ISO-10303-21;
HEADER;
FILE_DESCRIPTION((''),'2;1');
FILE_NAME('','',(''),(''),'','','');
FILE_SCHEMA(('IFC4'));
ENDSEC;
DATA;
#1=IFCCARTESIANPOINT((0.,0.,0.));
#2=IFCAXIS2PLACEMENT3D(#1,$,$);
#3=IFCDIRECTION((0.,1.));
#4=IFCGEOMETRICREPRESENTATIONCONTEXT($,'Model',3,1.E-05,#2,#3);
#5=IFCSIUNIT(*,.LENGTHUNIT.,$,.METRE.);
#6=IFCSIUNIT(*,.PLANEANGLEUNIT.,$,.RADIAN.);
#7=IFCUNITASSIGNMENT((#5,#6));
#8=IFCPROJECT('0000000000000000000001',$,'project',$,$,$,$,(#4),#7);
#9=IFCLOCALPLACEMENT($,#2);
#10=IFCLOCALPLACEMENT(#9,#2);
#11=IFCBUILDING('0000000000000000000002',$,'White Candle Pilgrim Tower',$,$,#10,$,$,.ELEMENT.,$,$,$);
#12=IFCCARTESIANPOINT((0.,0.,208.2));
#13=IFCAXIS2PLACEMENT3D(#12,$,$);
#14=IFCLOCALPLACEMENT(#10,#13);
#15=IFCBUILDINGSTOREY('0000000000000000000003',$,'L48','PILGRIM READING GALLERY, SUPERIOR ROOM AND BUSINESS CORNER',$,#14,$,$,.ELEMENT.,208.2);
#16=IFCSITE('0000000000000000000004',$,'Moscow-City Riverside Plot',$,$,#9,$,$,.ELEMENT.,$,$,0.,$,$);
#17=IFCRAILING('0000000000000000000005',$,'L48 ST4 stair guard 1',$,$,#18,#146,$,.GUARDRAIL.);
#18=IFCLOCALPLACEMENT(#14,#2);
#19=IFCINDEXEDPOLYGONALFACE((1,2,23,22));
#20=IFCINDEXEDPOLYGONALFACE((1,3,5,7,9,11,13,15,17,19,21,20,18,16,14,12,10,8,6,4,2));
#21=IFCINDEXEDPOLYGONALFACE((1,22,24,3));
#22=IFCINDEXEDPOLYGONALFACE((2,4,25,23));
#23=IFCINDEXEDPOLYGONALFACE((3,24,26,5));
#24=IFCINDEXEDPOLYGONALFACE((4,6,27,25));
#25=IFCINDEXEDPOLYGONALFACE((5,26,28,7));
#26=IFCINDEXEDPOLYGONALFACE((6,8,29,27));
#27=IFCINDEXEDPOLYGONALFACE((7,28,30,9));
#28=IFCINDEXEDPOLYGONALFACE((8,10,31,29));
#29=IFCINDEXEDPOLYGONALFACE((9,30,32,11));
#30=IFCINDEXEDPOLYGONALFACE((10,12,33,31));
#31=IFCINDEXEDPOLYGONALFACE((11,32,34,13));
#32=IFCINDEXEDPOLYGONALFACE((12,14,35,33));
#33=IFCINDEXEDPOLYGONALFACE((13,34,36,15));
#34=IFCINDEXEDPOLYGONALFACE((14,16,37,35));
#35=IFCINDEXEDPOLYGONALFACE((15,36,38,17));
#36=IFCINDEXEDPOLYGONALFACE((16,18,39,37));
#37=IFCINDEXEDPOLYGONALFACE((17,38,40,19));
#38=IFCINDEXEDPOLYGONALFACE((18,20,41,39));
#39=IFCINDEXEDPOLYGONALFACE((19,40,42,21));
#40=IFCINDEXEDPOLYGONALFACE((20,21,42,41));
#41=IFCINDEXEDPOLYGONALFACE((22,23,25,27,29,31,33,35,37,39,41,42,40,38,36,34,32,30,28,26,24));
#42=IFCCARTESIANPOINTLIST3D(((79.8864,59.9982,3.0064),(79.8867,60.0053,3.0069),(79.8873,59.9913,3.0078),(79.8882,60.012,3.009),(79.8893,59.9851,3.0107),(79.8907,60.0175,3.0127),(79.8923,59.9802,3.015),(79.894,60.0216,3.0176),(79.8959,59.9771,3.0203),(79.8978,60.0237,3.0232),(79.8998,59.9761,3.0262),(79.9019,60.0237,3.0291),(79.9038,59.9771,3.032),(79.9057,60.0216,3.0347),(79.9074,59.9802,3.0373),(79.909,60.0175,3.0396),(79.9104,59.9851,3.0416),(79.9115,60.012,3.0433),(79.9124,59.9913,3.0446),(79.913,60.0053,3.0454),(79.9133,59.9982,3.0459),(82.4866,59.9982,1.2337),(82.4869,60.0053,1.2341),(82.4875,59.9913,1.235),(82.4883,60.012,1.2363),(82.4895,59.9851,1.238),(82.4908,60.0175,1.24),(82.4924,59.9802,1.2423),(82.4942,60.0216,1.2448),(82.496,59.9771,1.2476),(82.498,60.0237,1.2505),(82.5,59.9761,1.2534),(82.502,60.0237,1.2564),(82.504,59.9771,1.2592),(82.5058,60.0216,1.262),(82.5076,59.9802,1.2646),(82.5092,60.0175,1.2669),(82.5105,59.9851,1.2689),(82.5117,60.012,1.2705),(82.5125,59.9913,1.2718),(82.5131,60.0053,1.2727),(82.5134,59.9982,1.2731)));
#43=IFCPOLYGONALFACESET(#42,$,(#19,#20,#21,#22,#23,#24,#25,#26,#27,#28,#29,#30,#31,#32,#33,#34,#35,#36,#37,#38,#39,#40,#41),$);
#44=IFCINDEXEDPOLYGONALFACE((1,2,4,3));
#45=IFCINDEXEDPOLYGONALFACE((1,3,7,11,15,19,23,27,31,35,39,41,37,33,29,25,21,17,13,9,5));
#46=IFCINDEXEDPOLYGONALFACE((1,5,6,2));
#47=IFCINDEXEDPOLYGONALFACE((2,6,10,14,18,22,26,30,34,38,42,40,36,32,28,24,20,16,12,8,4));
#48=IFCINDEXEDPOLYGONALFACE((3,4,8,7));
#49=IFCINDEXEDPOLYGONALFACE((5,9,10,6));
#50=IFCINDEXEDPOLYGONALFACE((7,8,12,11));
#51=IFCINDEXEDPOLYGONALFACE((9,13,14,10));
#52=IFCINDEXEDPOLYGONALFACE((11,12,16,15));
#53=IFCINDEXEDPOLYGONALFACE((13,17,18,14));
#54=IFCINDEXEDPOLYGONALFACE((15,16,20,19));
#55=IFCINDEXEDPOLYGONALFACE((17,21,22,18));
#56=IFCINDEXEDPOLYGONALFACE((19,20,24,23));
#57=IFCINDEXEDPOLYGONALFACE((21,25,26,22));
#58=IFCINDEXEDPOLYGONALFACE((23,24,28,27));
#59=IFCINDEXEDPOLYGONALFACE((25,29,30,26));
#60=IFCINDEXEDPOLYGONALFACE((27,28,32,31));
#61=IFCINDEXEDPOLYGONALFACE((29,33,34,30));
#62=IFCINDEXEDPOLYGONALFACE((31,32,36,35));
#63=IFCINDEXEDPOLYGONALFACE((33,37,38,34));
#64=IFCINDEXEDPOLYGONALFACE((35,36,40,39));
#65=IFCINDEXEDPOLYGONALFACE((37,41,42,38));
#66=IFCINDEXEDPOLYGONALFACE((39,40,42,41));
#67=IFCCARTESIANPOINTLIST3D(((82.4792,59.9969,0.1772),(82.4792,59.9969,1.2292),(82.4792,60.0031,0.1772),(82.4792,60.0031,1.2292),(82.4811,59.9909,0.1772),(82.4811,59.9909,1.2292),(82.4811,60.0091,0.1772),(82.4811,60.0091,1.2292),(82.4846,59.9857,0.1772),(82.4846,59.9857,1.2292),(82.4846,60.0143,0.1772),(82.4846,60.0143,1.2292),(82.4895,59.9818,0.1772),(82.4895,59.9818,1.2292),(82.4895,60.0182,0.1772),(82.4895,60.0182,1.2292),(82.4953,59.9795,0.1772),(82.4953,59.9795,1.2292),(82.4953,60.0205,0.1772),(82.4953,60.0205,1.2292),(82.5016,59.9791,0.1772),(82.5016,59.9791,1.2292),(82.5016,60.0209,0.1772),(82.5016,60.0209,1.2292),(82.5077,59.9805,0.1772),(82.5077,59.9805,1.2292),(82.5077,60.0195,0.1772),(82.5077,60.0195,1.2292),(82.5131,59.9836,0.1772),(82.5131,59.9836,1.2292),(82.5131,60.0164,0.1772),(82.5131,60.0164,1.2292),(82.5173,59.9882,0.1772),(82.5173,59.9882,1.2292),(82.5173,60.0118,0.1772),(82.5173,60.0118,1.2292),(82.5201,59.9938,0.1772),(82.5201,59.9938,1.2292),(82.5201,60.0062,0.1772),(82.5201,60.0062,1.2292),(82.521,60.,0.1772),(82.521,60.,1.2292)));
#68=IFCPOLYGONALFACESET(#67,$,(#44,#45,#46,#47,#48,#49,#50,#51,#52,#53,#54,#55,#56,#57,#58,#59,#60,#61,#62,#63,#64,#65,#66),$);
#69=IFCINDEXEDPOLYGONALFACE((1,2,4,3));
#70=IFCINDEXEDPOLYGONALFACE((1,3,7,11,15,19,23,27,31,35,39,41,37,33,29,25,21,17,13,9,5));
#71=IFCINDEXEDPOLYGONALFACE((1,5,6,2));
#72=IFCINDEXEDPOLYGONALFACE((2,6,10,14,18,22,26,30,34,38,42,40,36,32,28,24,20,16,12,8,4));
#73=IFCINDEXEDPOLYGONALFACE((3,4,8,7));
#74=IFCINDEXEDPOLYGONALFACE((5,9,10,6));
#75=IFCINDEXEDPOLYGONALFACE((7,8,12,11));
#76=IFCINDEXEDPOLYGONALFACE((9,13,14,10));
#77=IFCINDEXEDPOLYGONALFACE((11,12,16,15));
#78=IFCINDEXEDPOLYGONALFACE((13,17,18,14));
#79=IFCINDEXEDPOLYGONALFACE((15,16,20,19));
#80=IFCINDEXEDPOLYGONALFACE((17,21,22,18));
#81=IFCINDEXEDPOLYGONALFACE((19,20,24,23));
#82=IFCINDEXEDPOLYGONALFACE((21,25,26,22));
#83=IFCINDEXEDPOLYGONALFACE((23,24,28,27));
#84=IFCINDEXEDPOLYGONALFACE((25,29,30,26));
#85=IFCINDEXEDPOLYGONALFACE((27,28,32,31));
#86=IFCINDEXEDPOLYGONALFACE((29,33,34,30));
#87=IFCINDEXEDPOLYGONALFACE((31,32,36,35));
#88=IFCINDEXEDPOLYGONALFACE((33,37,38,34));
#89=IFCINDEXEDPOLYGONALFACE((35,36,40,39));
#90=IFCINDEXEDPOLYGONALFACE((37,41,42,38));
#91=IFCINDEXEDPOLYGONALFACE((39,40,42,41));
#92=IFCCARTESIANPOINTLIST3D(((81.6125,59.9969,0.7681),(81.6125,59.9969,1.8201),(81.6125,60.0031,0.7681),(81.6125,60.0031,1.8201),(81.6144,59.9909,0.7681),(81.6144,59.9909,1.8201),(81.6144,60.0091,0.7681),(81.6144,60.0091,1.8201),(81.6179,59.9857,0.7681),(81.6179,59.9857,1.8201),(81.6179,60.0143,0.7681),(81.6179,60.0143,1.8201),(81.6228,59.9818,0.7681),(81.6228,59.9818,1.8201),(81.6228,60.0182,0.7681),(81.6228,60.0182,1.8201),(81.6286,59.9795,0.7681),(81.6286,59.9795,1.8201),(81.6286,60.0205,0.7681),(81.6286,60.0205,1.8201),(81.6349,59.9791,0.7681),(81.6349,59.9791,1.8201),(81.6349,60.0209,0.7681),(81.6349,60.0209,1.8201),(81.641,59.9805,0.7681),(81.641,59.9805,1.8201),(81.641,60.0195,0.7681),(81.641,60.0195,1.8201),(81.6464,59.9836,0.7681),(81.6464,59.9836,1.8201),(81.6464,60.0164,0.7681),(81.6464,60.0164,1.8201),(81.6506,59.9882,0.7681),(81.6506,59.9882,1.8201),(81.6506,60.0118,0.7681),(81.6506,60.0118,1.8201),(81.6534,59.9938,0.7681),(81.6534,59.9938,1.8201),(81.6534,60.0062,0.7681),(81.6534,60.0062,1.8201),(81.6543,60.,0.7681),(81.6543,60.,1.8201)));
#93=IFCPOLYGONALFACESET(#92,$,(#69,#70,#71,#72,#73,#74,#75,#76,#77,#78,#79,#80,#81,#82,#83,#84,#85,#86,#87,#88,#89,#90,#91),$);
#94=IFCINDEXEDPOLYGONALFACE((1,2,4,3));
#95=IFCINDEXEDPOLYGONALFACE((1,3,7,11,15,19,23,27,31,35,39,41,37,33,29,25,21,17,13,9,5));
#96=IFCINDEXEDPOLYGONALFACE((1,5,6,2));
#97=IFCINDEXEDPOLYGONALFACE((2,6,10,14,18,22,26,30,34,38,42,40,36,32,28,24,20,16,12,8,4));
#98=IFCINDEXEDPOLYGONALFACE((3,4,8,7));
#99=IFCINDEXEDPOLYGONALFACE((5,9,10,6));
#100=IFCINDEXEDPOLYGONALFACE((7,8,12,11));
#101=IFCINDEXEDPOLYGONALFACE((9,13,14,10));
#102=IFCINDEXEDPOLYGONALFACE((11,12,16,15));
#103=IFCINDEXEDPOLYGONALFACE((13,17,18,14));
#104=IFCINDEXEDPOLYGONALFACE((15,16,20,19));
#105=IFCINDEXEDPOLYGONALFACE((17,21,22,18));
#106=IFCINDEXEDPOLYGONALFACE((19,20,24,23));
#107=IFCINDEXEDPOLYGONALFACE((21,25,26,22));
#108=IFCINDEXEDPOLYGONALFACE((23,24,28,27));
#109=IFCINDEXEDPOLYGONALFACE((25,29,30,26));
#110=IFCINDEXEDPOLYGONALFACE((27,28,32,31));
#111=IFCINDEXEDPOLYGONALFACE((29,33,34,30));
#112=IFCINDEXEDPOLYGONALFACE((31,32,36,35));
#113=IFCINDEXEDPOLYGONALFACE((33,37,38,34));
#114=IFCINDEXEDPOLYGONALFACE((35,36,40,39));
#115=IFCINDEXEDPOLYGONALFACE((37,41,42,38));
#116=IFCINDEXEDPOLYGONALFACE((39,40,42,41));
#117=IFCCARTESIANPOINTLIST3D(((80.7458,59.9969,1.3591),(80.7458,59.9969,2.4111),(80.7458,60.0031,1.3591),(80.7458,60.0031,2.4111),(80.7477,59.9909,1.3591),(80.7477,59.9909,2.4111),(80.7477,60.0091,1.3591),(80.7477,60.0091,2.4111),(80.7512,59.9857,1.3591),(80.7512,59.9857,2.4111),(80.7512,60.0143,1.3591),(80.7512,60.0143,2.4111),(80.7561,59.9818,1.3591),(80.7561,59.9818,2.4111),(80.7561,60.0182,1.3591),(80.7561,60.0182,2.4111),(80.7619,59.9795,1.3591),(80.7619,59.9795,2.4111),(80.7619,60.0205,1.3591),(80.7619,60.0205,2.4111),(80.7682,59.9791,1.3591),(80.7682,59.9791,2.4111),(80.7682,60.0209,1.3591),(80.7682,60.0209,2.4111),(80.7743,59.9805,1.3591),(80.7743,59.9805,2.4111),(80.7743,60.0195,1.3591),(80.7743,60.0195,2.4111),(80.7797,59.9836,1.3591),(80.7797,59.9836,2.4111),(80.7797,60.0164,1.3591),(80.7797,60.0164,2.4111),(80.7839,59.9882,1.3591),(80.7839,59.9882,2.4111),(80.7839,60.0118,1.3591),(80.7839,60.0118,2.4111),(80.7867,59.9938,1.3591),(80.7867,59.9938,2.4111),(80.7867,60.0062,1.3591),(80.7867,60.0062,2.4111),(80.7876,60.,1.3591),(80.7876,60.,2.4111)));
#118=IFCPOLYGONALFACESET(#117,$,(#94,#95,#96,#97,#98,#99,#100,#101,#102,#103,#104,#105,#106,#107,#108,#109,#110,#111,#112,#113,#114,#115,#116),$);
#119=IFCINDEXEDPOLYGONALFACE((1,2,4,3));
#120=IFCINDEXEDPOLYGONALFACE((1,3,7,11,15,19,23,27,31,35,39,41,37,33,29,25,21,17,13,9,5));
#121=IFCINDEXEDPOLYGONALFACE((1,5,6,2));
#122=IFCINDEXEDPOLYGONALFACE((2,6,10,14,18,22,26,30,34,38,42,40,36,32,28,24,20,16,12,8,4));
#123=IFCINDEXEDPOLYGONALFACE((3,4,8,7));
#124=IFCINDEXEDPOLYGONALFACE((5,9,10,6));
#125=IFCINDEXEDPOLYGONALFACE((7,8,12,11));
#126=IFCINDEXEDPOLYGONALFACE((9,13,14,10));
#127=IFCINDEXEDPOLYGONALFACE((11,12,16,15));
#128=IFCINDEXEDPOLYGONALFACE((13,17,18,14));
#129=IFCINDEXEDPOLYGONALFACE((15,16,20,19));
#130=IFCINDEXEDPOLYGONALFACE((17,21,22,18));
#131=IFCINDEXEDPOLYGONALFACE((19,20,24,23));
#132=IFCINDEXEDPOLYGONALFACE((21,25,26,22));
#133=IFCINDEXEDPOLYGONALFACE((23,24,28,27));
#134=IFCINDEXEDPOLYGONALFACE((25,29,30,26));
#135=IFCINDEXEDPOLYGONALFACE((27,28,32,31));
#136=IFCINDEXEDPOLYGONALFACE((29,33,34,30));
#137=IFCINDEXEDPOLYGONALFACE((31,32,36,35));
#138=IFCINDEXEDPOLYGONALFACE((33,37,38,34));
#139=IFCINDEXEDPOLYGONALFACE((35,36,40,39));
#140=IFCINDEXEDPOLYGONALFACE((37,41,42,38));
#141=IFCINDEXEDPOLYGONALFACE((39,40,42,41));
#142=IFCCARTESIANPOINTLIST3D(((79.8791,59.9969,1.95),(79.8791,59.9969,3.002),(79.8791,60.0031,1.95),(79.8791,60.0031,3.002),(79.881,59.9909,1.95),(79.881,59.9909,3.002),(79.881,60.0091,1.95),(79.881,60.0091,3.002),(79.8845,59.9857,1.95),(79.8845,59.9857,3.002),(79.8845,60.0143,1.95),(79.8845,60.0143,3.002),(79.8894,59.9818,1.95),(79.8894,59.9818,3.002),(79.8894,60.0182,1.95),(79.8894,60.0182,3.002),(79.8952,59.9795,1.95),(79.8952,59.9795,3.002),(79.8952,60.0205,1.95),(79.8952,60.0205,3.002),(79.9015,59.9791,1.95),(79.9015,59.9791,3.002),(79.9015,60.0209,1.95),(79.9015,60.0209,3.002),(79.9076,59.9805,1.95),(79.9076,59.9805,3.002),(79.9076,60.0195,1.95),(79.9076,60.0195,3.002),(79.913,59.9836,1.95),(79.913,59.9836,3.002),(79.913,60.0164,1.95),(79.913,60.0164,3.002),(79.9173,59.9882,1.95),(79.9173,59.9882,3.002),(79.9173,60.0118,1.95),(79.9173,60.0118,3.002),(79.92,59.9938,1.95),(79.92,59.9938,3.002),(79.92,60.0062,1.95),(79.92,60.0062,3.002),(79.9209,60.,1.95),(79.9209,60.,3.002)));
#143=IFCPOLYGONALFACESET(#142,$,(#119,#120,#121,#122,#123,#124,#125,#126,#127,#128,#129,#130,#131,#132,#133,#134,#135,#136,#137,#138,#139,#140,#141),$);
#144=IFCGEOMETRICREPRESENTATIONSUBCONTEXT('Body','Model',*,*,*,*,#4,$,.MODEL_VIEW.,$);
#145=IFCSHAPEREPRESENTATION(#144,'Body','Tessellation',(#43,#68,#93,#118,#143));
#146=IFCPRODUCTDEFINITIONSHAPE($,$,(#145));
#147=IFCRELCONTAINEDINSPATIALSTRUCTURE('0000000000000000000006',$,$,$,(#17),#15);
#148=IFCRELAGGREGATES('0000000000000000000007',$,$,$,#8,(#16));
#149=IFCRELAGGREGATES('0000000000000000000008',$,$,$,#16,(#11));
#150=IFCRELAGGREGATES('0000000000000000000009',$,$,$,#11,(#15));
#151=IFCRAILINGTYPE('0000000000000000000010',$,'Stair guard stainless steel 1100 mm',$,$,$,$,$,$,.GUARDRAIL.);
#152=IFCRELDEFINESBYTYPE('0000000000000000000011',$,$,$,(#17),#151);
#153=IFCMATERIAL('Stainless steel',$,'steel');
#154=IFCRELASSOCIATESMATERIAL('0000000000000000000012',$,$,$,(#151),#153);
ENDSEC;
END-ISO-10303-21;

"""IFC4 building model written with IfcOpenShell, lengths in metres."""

from ifc_helpers import new_model, si_unit, direction, frame, origin, origin_2d, place, context, subcontext, project, spatial, circle, extrude, material, type_object, element, save


model = new_model("IFC4")

# Units and contexts
model_context = context("Model", 3, precision=1e-05, world=origin(), true_north=direction((0.0, 1.0)))
body_context = subcontext(model_context, "Body", "Model", "MODEL_VIEW")
ifc_project = project(units=[si_unit("LENGTHUNIT", "METRE"), si_unit("PLANEANGLEUNIT", "RADIAN")], contexts=[model_context])

# Site, building, storey
site_placement = place(None, origin())
site = spatial("IfcSite", under=ifc_project, at=site_placement, Name="Moscow-City Riverside Plot", CompositionType="ELEMENT", RefElevation=0.0)
building_placement = place(site_placement, origin())
building = spatial("IfcBuilding", under=site, at=building_placement, Name="White Candle Pilgrim Tower", CompositionType="ELEMENT")
storey_placement = place(building_placement, frame((0.0, 0.0, 208.2)))
storey = spatial("IfcBuildingStorey", under=building, at=storey_placement, Name="L48", Description="PILGRIM READING GALLERY, SUPERIOR ROOM AND BUSINESS CORNER", CompositionType="ELEMENT", Elevation=208.2)

# Railing
ifc_material_1 = material(Name="Stainless steel", Category="steel")
railing_type_1 = type_object("IfcRailingType", Name="Stair guard stainless steel 1100 mm", PredefinedType="GUARDRAIL", material=ifc_material_1)
railing_1_placement = place(storey_placement, frame((82.5, 60.0, 0.1772)))
element("IfcRailing", 1, at=railing_1_placement, inside=storey, type_object=railing_type_1, Name="L48 ST4 stair guard 1", PredefinedType="GUARDRAIL", context=body_context, shape_type="SweptSolid", body=[
    extrude(circle(Radius=0.0239, at=origin_2d()), frame((0.0, 0.0, 1.0762), z_axis=(-0.82624, 0.0, 0.563318), x_axis=(0.0, -1.0, 0.0)), (0.0, 0.0, 1.0), 3.147),
    extrude(circle(Radius=0.021, at=origin_2d()), origin(), (0.0, 0.0, 1.0), 1.052),
    extrude(circle(Radius=0.021, at=origin_2d()), frame((-0.8667, 0.0, 0.5908)), (0.0, 0.0, 1.0), 1.052),
    extrude(circle(Radius=0.021, at=origin_2d()), frame((-1.7334, 0.0, 1.1819)), (0.0, 0.0, 1.0), 1.052),
    extrude(circle(Radius=0.021, at=origin_2d()), frame((-2.6001, 0.0, 1.7727)), (0.0, 0.0, 1.0), 1.052),
])

save(model, "model.ifc")
